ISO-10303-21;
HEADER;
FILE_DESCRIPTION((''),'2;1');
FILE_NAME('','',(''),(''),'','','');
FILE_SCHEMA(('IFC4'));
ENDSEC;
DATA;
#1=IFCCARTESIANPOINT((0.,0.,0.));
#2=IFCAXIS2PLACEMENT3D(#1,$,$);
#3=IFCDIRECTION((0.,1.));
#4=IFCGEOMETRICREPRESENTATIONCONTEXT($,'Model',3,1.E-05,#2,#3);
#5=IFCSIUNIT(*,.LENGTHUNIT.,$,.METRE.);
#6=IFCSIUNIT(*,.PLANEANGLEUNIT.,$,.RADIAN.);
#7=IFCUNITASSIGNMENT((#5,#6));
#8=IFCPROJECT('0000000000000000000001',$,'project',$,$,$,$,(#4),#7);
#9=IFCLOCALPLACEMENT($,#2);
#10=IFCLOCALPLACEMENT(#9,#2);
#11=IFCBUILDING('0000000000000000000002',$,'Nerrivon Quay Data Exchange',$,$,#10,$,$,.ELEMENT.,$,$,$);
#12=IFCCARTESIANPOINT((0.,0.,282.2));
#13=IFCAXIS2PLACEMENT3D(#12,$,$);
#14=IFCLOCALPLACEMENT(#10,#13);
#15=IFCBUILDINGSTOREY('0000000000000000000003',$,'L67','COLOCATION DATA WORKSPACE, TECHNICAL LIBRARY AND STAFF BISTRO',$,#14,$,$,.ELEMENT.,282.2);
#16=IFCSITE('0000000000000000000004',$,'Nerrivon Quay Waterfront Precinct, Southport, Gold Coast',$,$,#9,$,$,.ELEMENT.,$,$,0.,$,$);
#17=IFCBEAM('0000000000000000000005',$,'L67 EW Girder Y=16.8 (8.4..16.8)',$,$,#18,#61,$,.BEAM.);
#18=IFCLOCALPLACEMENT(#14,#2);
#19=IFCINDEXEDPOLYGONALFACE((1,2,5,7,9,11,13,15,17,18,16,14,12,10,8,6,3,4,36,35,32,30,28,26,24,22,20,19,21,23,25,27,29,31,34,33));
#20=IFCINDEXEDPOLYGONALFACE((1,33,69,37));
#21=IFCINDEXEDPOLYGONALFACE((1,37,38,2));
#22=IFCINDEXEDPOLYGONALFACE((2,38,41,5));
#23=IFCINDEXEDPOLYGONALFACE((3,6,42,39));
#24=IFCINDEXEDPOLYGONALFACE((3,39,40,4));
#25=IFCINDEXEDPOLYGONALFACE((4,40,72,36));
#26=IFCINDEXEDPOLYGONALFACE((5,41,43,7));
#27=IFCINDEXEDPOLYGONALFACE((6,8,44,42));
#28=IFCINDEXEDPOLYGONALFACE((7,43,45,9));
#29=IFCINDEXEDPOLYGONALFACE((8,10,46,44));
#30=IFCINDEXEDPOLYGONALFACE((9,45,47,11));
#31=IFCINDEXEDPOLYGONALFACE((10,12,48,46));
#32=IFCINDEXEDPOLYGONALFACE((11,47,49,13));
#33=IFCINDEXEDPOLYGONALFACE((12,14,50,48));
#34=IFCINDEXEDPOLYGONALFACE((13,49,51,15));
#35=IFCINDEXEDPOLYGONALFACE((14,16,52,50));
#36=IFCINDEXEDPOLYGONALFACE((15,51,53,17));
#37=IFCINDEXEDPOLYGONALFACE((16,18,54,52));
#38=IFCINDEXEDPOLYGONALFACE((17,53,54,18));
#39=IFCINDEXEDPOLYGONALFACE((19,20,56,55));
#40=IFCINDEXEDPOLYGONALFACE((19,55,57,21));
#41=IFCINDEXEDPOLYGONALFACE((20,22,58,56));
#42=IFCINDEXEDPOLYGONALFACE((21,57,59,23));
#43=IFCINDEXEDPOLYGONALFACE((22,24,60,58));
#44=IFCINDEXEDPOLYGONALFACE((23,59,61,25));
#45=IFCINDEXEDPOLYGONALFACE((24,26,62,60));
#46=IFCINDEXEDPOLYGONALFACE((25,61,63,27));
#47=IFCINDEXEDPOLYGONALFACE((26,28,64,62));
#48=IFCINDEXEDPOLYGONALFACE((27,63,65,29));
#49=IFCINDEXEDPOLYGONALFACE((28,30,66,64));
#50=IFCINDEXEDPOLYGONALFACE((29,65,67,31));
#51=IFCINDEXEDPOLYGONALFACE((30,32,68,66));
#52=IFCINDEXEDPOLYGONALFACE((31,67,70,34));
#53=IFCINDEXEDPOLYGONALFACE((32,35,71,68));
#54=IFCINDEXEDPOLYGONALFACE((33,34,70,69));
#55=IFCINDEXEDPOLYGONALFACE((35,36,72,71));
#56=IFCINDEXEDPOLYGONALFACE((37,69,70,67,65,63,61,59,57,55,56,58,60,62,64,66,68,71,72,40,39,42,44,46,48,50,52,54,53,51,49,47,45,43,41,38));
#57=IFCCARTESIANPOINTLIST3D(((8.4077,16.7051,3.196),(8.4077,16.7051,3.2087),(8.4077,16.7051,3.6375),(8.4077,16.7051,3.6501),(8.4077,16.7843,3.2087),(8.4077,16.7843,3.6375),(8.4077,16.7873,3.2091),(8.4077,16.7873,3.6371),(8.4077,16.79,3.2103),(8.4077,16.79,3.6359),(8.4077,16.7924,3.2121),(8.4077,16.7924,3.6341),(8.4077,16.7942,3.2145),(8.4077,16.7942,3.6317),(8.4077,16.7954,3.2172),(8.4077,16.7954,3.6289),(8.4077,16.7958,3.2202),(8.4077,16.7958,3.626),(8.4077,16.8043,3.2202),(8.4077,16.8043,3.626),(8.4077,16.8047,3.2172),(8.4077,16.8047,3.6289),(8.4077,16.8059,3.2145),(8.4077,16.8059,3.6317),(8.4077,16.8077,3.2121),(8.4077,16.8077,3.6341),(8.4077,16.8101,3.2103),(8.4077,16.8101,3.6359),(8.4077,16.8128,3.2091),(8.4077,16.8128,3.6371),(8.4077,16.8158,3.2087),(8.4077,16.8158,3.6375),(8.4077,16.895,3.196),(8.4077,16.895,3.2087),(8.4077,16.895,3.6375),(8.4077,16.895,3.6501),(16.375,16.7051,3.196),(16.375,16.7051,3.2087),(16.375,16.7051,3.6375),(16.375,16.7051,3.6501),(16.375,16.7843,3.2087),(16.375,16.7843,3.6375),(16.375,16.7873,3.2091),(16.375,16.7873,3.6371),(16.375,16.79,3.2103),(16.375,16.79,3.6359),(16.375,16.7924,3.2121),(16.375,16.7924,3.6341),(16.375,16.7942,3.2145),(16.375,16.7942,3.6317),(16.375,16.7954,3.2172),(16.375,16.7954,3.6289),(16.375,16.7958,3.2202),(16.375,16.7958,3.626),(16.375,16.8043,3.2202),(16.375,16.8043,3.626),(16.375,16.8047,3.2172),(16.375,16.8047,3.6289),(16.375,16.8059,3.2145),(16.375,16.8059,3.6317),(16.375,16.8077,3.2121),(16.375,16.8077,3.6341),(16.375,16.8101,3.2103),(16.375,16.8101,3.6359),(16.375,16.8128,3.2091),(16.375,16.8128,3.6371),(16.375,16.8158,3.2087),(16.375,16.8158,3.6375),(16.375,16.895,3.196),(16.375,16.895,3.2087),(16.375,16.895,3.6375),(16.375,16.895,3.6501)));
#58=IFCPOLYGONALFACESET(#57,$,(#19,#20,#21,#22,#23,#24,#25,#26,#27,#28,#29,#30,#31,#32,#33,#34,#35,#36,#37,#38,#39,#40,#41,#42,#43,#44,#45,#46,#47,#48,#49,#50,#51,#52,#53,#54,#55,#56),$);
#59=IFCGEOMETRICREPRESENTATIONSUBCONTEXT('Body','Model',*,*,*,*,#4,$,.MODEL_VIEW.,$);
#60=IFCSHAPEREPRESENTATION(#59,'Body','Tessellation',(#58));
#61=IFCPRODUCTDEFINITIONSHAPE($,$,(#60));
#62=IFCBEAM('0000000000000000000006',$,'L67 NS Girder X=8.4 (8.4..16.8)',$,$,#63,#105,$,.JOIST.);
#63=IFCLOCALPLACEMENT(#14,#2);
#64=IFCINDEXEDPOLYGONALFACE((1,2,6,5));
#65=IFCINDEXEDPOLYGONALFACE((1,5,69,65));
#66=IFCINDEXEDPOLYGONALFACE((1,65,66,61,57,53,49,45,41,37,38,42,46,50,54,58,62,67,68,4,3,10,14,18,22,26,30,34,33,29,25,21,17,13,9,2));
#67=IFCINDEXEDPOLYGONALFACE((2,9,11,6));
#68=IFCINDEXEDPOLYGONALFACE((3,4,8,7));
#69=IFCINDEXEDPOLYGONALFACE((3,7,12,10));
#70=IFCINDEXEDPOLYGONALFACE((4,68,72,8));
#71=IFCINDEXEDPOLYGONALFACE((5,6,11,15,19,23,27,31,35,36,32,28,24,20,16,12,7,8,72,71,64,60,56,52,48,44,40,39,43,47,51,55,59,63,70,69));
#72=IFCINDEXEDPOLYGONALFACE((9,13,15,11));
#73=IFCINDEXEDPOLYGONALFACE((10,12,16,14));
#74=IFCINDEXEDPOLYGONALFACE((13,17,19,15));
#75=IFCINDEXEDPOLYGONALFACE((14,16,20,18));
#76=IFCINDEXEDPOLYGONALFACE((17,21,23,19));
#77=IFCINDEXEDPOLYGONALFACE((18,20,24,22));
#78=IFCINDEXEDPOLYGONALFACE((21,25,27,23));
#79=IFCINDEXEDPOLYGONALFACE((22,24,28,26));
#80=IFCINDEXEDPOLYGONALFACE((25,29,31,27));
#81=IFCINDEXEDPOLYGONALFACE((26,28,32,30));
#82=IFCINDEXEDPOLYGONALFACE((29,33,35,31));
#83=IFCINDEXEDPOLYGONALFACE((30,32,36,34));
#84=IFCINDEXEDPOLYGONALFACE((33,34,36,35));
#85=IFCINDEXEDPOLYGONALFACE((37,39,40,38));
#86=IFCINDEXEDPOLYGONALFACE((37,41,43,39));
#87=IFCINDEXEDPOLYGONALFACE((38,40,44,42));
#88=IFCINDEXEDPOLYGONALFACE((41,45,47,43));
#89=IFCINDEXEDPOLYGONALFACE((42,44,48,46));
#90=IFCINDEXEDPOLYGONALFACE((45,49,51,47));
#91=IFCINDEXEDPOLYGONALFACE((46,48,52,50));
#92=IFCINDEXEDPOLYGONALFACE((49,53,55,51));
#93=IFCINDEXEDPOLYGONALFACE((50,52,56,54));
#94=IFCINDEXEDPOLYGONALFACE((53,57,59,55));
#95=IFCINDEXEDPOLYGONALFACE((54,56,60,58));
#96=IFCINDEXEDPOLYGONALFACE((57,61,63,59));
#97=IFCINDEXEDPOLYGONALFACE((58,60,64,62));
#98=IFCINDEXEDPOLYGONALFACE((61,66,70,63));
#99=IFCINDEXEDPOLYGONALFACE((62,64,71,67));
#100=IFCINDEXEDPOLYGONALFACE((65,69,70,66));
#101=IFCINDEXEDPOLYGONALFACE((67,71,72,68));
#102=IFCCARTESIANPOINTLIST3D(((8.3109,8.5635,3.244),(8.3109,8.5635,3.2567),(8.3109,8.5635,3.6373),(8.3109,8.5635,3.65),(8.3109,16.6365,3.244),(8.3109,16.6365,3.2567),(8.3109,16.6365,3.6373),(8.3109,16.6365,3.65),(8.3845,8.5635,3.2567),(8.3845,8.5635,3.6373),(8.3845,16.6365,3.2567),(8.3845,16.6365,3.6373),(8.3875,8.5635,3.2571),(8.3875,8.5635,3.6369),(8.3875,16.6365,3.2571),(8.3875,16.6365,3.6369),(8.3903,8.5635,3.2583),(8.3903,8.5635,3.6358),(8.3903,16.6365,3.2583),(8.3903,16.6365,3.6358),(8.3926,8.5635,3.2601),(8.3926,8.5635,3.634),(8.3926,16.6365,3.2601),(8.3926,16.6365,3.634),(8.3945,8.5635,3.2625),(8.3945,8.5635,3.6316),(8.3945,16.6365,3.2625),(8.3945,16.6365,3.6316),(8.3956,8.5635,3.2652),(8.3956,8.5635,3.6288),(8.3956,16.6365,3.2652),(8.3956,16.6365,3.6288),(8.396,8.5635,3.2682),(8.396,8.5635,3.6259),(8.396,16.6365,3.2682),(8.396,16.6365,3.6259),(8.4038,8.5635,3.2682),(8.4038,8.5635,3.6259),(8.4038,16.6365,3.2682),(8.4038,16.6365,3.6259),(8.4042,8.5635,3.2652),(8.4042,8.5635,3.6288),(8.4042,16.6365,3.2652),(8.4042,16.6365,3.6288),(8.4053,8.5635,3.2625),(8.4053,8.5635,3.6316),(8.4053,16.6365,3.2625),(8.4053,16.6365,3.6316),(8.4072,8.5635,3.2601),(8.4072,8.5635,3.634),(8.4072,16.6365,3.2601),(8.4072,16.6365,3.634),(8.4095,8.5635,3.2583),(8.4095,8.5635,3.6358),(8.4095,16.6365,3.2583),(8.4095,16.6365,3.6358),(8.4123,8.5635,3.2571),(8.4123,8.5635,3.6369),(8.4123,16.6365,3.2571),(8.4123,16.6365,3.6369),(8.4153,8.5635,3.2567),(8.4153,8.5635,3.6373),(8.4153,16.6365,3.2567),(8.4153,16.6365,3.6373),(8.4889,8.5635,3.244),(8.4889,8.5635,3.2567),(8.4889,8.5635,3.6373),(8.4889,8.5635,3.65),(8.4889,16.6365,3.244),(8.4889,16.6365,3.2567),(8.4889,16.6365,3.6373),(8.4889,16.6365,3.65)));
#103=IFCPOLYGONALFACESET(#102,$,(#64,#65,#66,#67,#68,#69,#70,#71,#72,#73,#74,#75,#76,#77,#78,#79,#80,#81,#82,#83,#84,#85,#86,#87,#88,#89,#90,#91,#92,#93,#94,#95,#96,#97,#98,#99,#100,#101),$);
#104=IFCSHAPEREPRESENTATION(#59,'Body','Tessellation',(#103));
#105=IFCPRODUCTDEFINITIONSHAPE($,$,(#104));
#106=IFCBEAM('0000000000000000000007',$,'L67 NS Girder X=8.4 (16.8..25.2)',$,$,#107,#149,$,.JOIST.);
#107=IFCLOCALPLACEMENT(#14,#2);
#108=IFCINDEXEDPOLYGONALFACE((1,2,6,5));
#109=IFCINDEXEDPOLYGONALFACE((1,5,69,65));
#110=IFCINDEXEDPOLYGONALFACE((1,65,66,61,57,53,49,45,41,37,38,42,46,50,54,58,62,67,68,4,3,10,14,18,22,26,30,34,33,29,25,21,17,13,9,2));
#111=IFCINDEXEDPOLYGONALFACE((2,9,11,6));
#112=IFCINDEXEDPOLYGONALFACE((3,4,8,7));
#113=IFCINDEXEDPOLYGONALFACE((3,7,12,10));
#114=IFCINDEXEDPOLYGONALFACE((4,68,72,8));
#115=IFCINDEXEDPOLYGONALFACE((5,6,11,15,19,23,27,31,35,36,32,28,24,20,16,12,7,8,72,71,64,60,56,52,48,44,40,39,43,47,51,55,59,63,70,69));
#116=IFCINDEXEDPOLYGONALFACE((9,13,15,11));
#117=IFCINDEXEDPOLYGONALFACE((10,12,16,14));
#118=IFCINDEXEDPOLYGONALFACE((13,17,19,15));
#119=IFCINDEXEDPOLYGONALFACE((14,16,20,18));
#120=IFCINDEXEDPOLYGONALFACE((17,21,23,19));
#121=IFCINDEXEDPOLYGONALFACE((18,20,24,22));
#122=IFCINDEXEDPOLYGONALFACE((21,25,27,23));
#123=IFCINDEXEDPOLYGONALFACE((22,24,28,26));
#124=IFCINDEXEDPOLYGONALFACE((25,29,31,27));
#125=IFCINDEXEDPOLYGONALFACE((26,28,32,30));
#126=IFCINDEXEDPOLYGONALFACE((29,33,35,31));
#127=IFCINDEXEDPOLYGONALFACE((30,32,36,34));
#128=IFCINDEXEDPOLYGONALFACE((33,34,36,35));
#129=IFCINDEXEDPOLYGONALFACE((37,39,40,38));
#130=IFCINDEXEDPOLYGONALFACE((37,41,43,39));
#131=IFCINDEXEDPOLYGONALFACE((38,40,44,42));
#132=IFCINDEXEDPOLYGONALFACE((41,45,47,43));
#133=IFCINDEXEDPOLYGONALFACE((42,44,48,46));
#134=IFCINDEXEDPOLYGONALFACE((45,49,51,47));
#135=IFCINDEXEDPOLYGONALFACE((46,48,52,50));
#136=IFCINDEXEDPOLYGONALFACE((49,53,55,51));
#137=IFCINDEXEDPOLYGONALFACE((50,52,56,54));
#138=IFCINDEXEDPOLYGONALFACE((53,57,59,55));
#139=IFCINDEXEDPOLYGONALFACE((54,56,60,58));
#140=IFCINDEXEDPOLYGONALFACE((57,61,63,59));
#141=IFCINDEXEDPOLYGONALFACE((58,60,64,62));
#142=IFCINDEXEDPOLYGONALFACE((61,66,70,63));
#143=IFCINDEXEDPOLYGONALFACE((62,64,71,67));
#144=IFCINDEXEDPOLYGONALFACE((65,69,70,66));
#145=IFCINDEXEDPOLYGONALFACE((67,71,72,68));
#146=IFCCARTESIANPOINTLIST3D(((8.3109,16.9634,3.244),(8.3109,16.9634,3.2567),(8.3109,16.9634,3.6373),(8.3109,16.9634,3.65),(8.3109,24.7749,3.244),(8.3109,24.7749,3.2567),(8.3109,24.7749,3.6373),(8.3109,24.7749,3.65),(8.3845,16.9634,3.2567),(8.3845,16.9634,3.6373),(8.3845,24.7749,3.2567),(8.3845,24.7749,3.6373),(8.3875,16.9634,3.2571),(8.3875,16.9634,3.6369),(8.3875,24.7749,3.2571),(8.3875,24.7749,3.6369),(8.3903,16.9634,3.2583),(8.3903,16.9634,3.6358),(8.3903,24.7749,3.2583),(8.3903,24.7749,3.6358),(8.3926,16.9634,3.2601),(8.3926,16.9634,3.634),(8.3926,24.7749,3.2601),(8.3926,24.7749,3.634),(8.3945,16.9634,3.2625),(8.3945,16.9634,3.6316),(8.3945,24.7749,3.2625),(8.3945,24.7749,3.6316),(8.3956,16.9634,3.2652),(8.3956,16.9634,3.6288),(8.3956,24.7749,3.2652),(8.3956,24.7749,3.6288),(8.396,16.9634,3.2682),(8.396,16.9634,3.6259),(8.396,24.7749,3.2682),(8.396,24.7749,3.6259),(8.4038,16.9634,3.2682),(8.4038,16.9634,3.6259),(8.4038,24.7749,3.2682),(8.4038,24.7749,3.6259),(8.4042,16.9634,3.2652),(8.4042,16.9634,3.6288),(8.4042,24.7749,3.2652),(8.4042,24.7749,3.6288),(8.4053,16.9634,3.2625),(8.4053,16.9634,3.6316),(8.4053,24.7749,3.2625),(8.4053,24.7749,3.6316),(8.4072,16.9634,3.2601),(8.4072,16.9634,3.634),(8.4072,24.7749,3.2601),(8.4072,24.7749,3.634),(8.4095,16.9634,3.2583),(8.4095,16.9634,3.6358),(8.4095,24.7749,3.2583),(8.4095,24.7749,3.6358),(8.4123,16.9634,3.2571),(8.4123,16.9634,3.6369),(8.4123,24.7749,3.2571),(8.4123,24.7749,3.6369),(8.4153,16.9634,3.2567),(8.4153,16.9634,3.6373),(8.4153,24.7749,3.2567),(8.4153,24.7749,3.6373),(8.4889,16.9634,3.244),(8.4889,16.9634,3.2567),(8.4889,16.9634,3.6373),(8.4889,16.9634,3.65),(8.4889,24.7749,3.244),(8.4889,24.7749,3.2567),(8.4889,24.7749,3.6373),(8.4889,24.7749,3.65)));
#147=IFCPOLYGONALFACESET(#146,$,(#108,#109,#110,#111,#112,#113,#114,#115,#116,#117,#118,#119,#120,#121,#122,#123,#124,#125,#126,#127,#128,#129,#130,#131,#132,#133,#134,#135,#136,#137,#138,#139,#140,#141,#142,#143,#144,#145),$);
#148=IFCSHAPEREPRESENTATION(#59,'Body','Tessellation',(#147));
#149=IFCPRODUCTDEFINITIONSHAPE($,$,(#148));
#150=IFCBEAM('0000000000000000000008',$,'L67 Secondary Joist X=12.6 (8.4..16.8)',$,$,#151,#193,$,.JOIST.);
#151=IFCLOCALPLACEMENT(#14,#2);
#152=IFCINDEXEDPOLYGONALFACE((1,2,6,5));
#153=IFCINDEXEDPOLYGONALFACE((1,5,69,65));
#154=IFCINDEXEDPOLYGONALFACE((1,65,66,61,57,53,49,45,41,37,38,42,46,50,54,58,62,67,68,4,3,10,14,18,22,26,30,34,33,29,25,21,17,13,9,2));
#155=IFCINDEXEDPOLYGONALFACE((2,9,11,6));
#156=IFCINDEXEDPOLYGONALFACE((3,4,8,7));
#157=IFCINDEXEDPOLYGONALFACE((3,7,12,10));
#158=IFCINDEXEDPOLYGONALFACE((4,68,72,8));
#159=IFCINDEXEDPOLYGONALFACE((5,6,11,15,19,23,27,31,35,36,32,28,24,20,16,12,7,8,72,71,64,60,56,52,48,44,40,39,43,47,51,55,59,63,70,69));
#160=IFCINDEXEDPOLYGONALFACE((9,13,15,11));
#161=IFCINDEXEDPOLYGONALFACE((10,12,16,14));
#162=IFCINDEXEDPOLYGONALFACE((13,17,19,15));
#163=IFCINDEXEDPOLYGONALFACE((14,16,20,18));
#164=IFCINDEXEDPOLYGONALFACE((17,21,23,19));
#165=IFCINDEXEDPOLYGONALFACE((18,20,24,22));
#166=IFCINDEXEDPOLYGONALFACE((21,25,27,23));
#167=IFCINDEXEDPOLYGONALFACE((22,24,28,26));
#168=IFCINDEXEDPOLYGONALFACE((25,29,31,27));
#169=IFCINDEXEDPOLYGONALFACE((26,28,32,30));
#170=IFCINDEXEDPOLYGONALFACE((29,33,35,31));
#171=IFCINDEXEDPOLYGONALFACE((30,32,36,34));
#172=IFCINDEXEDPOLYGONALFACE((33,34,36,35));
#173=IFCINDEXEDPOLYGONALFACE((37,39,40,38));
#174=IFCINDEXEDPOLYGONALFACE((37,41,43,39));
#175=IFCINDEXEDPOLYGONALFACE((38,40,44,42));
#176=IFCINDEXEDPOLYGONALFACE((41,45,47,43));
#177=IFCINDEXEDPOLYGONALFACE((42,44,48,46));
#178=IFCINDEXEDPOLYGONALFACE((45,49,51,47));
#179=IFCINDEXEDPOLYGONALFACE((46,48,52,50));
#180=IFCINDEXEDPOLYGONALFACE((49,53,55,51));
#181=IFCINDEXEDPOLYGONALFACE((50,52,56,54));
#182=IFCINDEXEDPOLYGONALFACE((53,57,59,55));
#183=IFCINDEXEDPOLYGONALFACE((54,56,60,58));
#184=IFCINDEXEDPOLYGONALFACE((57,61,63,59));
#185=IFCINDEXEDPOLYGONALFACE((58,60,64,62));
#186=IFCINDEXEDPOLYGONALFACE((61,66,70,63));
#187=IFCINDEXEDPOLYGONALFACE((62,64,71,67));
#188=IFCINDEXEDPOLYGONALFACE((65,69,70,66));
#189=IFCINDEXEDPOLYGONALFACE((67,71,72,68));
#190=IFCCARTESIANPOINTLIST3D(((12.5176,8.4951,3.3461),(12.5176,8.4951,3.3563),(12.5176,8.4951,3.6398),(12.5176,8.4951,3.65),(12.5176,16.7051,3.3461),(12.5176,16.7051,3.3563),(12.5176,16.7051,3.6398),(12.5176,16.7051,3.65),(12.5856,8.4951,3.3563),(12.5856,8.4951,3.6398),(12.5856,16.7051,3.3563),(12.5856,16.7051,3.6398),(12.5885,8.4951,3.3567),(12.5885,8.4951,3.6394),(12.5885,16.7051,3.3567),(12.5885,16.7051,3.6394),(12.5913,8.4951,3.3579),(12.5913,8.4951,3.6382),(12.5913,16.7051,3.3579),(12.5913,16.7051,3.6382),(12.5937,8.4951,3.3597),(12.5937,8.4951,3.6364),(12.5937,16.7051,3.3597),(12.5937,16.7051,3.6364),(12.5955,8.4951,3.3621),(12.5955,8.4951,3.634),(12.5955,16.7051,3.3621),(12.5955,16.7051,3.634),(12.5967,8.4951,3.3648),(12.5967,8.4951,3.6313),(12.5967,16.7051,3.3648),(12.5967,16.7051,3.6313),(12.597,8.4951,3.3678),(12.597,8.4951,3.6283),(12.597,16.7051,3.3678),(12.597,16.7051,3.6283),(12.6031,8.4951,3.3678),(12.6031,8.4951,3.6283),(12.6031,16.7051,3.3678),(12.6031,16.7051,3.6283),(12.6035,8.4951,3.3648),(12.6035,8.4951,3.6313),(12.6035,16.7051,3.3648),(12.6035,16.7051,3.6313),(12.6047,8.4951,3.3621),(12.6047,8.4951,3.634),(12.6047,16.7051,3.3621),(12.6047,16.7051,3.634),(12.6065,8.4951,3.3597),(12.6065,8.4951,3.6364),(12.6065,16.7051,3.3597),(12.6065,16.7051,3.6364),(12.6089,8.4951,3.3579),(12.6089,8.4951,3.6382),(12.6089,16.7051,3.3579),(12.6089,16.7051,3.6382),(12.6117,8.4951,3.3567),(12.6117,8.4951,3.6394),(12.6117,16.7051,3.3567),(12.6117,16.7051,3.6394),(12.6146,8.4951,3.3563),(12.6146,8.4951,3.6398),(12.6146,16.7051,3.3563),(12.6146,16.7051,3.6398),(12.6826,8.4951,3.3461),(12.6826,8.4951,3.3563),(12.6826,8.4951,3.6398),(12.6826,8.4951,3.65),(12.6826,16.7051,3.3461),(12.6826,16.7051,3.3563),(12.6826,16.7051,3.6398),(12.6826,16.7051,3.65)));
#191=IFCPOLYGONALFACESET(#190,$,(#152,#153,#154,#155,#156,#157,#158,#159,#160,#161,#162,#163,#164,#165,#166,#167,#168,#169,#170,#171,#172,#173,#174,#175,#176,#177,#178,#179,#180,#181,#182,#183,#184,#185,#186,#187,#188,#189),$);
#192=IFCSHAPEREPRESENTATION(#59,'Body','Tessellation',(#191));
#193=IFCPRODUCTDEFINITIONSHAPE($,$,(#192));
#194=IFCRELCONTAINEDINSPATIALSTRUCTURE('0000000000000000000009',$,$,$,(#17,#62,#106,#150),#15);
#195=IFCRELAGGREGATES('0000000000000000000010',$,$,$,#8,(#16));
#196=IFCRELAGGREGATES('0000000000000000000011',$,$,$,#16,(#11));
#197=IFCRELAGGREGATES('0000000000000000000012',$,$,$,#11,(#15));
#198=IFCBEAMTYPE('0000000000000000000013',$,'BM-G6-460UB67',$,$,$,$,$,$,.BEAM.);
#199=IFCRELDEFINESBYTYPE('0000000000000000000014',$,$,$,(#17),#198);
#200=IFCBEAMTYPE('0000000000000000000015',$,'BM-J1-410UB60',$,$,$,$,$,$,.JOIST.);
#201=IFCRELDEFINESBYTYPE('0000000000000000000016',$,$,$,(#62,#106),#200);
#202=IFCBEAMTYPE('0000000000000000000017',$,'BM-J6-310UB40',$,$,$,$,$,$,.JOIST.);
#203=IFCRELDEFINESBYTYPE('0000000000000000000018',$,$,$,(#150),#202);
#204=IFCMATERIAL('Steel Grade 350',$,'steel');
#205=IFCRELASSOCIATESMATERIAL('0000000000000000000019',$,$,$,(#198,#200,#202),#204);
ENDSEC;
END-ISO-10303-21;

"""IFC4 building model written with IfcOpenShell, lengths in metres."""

from ifc_helpers import new_model, si_unit, direction, frame, origin, origin_2d, place, context, subcontext, project, spatial, i_section, extrude, material, material_profile, profile_set, type_object, element, save


model = new_model("IFC4")

# Units and contexts
model_context = context("Model", 3, precision=1e-05, world=origin(), true_north=direction((0.0, 1.0)))
body_context = subcontext(model_context, "Body", "Model", "MODEL_VIEW")
ifc_project = project(units=[si_unit("LENGTHUNIT", "METRE"), si_unit("PLANEANGLEUNIT", "RADIAN")], contexts=[model_context])

# Site, building, storey
site_placement = place(None, origin())
site = spatial("IfcSite", under=ifc_project, at=site_placement, Name="Nerrivon Quay Waterfront Precinct, Southport, Gold Coast", CompositionType="ELEMENT", RefElevation=0.0)
building_placement = place(site_placement, origin())
building = spatial("IfcBuilding", under=site, at=building_placement, Name="Nerrivon Quay Data Exchange", CompositionType="ELEMENT")
storey_placement = place(building_placement, frame((0.0, 0.0, 282.2)))
storey = spatial("IfcBuildingStorey", under=building, at=storey_placement, Name="L67", Description="COLOCATION DATA WORKSPACE, TECHNICAL LIBRARY AND STAFF BISTRO", CompositionType="ELEMENT", Elevation=282.2)

# Shared definitions
ifc_material_1 = material(Name="Steel Grade 350", Category="steel")

# Beams
ifc_material_profile_1 = material_profile(ifc_material_1, i_section(OverallWidth=0.1899, OverallDepth=0.4541, WebThickness=0.0085, FlangeThickness=0.0127, FilletRadius=0.0115, at=origin_2d()), Name="460UB67.1")
ifc_profile_set_1 = profile_set([ifc_material_profile_1], Name="Steel Grade 350")
beam_type_1 = type_object("IfcBeamType", Name="BM-G6-460UB67", PredefinedType="BEAM", material=ifc_profile_set_1)
for number, where, z_axis, x_axis, name in (
    (1, (8.4077, 16.8, 3.4231), (1.0, 0.0, 0.0), (0.0, 1.0, 0.0), "L67 EW Girder Y=16.8 (8.4..16.8)"),
):
    element("IfcBeam", number, at=place(storey_placement, frame(where, z_axis=z_axis, x_axis=x_axis)), inside=storey, type_object=beam_type_1, Name=name, PredefinedType="BEAM", context=body_context, shape_type="SweptSolid", body=[
        extrude(i_section(OverallWidth=0.1899, OverallDepth=0.4541, WebThickness=0.0085, FlangeThickness=0.0127, FilletRadius=0.0115, at=origin_2d()), origin(), (0.0, 0.0, 1.0), 7.9673),
    ])
ifc_material_profile_2 = material_profile(ifc_material_1, i_section(OverallWidth=0.178, OverallDepth=0.406, WebThickness=0.0078, FlangeThickness=0.0127, FilletRadius=0.0115, at=origin_2d()), Name="410UB59.7")
ifc_profile_set_2 = profile_set([ifc_material_profile_2], Name="Steel Grade 350")
beam_type_2 = type_object("IfcBeamType", Name="BM-J1-410UB60", PredefinedType="JOIST", material=ifc_profile_set_2)
beam_1_placement = place(storey_placement, frame((8.3999, 8.5635, 3.447), z_axis=(0.0, 1.0, 0.0), x_axis=(-1.0, 0.0, 0.0)))
element("IfcBeam", 2, at=beam_1_placement, inside=storey, type_object=beam_type_2, Name="L67 NS Girder X=8.4 (8.4..16.8)", PredefinedType="JOIST", context=body_context, shape_type="SweptSolid", body=[
    extrude(i_section(OverallWidth=0.178, OverallDepth=0.406, WebThickness=0.0078, FlangeThickness=0.0127, FilletRadius=0.0115, at=origin_2d()), origin(), (0.0, 0.0, 1.0), 8.073),
])
beam_2_placement = place(storey_placement, frame((8.3999, 16.9634, 3.447), z_axis=(0.0, 1.0, 0.0), x_axis=(-1.0, 0.0, 0.0)))
element("IfcBeam", 3, at=beam_2_placement, inside=storey, type_object=beam_type_2, Name="L67 NS Girder X=8.4 (16.8..25.2)", PredefinedType="JOIST", context=body_context, shape_type="SweptSolid", body=[
    extrude(i_section(OverallWidth=0.178, OverallDepth=0.406, WebThickness=0.0078, FlangeThickness=0.0127, FilletRadius=0.0115, at=origin_2d()), origin(), (0.0, 0.0, 1.0), 7.8115),
])
ifc_material_profile_3 = material_profile(ifc_material_1, i_section(OverallWidth=0.165, OverallDepth=0.304, WebThickness=0.0061, FlangeThickness=0.0103, FilletRadius=0.0115, at=origin_2d()), Name="310UB40.4")
ifc_profile_set_3 = profile_set([ifc_material_profile_3], Name="Steel Grade 350")
beam_type_3 = type_object("IfcBeamType", Name="BM-J6-310UB40", PredefinedType="JOIST", material=ifc_profile_set_3)
beam_3_placement = place(storey_placement, frame((12.6001, 8.4951, 3.498), z_axis=(0.0, 1.0, 0.0), x_axis=(-1.0, 0.0, 0.0)))
element("IfcBeam", 4, at=beam_3_placement, inside=storey, type_object=beam_type_3, Name="L67 Secondary Joist X=12.6 (8.4..16.8)", PredefinedType="JOIST", context=body_context, shape_type="SweptSolid", body=[
    extrude(i_section(OverallWidth=0.165, OverallDepth=0.304, WebThickness=0.0061, FlangeThickness=0.0103, FilletRadius=0.0115, at=origin_2d()), origin(), (0.0, 0.0, 1.0), 8.21),
])

save(model, "model.ifc")
